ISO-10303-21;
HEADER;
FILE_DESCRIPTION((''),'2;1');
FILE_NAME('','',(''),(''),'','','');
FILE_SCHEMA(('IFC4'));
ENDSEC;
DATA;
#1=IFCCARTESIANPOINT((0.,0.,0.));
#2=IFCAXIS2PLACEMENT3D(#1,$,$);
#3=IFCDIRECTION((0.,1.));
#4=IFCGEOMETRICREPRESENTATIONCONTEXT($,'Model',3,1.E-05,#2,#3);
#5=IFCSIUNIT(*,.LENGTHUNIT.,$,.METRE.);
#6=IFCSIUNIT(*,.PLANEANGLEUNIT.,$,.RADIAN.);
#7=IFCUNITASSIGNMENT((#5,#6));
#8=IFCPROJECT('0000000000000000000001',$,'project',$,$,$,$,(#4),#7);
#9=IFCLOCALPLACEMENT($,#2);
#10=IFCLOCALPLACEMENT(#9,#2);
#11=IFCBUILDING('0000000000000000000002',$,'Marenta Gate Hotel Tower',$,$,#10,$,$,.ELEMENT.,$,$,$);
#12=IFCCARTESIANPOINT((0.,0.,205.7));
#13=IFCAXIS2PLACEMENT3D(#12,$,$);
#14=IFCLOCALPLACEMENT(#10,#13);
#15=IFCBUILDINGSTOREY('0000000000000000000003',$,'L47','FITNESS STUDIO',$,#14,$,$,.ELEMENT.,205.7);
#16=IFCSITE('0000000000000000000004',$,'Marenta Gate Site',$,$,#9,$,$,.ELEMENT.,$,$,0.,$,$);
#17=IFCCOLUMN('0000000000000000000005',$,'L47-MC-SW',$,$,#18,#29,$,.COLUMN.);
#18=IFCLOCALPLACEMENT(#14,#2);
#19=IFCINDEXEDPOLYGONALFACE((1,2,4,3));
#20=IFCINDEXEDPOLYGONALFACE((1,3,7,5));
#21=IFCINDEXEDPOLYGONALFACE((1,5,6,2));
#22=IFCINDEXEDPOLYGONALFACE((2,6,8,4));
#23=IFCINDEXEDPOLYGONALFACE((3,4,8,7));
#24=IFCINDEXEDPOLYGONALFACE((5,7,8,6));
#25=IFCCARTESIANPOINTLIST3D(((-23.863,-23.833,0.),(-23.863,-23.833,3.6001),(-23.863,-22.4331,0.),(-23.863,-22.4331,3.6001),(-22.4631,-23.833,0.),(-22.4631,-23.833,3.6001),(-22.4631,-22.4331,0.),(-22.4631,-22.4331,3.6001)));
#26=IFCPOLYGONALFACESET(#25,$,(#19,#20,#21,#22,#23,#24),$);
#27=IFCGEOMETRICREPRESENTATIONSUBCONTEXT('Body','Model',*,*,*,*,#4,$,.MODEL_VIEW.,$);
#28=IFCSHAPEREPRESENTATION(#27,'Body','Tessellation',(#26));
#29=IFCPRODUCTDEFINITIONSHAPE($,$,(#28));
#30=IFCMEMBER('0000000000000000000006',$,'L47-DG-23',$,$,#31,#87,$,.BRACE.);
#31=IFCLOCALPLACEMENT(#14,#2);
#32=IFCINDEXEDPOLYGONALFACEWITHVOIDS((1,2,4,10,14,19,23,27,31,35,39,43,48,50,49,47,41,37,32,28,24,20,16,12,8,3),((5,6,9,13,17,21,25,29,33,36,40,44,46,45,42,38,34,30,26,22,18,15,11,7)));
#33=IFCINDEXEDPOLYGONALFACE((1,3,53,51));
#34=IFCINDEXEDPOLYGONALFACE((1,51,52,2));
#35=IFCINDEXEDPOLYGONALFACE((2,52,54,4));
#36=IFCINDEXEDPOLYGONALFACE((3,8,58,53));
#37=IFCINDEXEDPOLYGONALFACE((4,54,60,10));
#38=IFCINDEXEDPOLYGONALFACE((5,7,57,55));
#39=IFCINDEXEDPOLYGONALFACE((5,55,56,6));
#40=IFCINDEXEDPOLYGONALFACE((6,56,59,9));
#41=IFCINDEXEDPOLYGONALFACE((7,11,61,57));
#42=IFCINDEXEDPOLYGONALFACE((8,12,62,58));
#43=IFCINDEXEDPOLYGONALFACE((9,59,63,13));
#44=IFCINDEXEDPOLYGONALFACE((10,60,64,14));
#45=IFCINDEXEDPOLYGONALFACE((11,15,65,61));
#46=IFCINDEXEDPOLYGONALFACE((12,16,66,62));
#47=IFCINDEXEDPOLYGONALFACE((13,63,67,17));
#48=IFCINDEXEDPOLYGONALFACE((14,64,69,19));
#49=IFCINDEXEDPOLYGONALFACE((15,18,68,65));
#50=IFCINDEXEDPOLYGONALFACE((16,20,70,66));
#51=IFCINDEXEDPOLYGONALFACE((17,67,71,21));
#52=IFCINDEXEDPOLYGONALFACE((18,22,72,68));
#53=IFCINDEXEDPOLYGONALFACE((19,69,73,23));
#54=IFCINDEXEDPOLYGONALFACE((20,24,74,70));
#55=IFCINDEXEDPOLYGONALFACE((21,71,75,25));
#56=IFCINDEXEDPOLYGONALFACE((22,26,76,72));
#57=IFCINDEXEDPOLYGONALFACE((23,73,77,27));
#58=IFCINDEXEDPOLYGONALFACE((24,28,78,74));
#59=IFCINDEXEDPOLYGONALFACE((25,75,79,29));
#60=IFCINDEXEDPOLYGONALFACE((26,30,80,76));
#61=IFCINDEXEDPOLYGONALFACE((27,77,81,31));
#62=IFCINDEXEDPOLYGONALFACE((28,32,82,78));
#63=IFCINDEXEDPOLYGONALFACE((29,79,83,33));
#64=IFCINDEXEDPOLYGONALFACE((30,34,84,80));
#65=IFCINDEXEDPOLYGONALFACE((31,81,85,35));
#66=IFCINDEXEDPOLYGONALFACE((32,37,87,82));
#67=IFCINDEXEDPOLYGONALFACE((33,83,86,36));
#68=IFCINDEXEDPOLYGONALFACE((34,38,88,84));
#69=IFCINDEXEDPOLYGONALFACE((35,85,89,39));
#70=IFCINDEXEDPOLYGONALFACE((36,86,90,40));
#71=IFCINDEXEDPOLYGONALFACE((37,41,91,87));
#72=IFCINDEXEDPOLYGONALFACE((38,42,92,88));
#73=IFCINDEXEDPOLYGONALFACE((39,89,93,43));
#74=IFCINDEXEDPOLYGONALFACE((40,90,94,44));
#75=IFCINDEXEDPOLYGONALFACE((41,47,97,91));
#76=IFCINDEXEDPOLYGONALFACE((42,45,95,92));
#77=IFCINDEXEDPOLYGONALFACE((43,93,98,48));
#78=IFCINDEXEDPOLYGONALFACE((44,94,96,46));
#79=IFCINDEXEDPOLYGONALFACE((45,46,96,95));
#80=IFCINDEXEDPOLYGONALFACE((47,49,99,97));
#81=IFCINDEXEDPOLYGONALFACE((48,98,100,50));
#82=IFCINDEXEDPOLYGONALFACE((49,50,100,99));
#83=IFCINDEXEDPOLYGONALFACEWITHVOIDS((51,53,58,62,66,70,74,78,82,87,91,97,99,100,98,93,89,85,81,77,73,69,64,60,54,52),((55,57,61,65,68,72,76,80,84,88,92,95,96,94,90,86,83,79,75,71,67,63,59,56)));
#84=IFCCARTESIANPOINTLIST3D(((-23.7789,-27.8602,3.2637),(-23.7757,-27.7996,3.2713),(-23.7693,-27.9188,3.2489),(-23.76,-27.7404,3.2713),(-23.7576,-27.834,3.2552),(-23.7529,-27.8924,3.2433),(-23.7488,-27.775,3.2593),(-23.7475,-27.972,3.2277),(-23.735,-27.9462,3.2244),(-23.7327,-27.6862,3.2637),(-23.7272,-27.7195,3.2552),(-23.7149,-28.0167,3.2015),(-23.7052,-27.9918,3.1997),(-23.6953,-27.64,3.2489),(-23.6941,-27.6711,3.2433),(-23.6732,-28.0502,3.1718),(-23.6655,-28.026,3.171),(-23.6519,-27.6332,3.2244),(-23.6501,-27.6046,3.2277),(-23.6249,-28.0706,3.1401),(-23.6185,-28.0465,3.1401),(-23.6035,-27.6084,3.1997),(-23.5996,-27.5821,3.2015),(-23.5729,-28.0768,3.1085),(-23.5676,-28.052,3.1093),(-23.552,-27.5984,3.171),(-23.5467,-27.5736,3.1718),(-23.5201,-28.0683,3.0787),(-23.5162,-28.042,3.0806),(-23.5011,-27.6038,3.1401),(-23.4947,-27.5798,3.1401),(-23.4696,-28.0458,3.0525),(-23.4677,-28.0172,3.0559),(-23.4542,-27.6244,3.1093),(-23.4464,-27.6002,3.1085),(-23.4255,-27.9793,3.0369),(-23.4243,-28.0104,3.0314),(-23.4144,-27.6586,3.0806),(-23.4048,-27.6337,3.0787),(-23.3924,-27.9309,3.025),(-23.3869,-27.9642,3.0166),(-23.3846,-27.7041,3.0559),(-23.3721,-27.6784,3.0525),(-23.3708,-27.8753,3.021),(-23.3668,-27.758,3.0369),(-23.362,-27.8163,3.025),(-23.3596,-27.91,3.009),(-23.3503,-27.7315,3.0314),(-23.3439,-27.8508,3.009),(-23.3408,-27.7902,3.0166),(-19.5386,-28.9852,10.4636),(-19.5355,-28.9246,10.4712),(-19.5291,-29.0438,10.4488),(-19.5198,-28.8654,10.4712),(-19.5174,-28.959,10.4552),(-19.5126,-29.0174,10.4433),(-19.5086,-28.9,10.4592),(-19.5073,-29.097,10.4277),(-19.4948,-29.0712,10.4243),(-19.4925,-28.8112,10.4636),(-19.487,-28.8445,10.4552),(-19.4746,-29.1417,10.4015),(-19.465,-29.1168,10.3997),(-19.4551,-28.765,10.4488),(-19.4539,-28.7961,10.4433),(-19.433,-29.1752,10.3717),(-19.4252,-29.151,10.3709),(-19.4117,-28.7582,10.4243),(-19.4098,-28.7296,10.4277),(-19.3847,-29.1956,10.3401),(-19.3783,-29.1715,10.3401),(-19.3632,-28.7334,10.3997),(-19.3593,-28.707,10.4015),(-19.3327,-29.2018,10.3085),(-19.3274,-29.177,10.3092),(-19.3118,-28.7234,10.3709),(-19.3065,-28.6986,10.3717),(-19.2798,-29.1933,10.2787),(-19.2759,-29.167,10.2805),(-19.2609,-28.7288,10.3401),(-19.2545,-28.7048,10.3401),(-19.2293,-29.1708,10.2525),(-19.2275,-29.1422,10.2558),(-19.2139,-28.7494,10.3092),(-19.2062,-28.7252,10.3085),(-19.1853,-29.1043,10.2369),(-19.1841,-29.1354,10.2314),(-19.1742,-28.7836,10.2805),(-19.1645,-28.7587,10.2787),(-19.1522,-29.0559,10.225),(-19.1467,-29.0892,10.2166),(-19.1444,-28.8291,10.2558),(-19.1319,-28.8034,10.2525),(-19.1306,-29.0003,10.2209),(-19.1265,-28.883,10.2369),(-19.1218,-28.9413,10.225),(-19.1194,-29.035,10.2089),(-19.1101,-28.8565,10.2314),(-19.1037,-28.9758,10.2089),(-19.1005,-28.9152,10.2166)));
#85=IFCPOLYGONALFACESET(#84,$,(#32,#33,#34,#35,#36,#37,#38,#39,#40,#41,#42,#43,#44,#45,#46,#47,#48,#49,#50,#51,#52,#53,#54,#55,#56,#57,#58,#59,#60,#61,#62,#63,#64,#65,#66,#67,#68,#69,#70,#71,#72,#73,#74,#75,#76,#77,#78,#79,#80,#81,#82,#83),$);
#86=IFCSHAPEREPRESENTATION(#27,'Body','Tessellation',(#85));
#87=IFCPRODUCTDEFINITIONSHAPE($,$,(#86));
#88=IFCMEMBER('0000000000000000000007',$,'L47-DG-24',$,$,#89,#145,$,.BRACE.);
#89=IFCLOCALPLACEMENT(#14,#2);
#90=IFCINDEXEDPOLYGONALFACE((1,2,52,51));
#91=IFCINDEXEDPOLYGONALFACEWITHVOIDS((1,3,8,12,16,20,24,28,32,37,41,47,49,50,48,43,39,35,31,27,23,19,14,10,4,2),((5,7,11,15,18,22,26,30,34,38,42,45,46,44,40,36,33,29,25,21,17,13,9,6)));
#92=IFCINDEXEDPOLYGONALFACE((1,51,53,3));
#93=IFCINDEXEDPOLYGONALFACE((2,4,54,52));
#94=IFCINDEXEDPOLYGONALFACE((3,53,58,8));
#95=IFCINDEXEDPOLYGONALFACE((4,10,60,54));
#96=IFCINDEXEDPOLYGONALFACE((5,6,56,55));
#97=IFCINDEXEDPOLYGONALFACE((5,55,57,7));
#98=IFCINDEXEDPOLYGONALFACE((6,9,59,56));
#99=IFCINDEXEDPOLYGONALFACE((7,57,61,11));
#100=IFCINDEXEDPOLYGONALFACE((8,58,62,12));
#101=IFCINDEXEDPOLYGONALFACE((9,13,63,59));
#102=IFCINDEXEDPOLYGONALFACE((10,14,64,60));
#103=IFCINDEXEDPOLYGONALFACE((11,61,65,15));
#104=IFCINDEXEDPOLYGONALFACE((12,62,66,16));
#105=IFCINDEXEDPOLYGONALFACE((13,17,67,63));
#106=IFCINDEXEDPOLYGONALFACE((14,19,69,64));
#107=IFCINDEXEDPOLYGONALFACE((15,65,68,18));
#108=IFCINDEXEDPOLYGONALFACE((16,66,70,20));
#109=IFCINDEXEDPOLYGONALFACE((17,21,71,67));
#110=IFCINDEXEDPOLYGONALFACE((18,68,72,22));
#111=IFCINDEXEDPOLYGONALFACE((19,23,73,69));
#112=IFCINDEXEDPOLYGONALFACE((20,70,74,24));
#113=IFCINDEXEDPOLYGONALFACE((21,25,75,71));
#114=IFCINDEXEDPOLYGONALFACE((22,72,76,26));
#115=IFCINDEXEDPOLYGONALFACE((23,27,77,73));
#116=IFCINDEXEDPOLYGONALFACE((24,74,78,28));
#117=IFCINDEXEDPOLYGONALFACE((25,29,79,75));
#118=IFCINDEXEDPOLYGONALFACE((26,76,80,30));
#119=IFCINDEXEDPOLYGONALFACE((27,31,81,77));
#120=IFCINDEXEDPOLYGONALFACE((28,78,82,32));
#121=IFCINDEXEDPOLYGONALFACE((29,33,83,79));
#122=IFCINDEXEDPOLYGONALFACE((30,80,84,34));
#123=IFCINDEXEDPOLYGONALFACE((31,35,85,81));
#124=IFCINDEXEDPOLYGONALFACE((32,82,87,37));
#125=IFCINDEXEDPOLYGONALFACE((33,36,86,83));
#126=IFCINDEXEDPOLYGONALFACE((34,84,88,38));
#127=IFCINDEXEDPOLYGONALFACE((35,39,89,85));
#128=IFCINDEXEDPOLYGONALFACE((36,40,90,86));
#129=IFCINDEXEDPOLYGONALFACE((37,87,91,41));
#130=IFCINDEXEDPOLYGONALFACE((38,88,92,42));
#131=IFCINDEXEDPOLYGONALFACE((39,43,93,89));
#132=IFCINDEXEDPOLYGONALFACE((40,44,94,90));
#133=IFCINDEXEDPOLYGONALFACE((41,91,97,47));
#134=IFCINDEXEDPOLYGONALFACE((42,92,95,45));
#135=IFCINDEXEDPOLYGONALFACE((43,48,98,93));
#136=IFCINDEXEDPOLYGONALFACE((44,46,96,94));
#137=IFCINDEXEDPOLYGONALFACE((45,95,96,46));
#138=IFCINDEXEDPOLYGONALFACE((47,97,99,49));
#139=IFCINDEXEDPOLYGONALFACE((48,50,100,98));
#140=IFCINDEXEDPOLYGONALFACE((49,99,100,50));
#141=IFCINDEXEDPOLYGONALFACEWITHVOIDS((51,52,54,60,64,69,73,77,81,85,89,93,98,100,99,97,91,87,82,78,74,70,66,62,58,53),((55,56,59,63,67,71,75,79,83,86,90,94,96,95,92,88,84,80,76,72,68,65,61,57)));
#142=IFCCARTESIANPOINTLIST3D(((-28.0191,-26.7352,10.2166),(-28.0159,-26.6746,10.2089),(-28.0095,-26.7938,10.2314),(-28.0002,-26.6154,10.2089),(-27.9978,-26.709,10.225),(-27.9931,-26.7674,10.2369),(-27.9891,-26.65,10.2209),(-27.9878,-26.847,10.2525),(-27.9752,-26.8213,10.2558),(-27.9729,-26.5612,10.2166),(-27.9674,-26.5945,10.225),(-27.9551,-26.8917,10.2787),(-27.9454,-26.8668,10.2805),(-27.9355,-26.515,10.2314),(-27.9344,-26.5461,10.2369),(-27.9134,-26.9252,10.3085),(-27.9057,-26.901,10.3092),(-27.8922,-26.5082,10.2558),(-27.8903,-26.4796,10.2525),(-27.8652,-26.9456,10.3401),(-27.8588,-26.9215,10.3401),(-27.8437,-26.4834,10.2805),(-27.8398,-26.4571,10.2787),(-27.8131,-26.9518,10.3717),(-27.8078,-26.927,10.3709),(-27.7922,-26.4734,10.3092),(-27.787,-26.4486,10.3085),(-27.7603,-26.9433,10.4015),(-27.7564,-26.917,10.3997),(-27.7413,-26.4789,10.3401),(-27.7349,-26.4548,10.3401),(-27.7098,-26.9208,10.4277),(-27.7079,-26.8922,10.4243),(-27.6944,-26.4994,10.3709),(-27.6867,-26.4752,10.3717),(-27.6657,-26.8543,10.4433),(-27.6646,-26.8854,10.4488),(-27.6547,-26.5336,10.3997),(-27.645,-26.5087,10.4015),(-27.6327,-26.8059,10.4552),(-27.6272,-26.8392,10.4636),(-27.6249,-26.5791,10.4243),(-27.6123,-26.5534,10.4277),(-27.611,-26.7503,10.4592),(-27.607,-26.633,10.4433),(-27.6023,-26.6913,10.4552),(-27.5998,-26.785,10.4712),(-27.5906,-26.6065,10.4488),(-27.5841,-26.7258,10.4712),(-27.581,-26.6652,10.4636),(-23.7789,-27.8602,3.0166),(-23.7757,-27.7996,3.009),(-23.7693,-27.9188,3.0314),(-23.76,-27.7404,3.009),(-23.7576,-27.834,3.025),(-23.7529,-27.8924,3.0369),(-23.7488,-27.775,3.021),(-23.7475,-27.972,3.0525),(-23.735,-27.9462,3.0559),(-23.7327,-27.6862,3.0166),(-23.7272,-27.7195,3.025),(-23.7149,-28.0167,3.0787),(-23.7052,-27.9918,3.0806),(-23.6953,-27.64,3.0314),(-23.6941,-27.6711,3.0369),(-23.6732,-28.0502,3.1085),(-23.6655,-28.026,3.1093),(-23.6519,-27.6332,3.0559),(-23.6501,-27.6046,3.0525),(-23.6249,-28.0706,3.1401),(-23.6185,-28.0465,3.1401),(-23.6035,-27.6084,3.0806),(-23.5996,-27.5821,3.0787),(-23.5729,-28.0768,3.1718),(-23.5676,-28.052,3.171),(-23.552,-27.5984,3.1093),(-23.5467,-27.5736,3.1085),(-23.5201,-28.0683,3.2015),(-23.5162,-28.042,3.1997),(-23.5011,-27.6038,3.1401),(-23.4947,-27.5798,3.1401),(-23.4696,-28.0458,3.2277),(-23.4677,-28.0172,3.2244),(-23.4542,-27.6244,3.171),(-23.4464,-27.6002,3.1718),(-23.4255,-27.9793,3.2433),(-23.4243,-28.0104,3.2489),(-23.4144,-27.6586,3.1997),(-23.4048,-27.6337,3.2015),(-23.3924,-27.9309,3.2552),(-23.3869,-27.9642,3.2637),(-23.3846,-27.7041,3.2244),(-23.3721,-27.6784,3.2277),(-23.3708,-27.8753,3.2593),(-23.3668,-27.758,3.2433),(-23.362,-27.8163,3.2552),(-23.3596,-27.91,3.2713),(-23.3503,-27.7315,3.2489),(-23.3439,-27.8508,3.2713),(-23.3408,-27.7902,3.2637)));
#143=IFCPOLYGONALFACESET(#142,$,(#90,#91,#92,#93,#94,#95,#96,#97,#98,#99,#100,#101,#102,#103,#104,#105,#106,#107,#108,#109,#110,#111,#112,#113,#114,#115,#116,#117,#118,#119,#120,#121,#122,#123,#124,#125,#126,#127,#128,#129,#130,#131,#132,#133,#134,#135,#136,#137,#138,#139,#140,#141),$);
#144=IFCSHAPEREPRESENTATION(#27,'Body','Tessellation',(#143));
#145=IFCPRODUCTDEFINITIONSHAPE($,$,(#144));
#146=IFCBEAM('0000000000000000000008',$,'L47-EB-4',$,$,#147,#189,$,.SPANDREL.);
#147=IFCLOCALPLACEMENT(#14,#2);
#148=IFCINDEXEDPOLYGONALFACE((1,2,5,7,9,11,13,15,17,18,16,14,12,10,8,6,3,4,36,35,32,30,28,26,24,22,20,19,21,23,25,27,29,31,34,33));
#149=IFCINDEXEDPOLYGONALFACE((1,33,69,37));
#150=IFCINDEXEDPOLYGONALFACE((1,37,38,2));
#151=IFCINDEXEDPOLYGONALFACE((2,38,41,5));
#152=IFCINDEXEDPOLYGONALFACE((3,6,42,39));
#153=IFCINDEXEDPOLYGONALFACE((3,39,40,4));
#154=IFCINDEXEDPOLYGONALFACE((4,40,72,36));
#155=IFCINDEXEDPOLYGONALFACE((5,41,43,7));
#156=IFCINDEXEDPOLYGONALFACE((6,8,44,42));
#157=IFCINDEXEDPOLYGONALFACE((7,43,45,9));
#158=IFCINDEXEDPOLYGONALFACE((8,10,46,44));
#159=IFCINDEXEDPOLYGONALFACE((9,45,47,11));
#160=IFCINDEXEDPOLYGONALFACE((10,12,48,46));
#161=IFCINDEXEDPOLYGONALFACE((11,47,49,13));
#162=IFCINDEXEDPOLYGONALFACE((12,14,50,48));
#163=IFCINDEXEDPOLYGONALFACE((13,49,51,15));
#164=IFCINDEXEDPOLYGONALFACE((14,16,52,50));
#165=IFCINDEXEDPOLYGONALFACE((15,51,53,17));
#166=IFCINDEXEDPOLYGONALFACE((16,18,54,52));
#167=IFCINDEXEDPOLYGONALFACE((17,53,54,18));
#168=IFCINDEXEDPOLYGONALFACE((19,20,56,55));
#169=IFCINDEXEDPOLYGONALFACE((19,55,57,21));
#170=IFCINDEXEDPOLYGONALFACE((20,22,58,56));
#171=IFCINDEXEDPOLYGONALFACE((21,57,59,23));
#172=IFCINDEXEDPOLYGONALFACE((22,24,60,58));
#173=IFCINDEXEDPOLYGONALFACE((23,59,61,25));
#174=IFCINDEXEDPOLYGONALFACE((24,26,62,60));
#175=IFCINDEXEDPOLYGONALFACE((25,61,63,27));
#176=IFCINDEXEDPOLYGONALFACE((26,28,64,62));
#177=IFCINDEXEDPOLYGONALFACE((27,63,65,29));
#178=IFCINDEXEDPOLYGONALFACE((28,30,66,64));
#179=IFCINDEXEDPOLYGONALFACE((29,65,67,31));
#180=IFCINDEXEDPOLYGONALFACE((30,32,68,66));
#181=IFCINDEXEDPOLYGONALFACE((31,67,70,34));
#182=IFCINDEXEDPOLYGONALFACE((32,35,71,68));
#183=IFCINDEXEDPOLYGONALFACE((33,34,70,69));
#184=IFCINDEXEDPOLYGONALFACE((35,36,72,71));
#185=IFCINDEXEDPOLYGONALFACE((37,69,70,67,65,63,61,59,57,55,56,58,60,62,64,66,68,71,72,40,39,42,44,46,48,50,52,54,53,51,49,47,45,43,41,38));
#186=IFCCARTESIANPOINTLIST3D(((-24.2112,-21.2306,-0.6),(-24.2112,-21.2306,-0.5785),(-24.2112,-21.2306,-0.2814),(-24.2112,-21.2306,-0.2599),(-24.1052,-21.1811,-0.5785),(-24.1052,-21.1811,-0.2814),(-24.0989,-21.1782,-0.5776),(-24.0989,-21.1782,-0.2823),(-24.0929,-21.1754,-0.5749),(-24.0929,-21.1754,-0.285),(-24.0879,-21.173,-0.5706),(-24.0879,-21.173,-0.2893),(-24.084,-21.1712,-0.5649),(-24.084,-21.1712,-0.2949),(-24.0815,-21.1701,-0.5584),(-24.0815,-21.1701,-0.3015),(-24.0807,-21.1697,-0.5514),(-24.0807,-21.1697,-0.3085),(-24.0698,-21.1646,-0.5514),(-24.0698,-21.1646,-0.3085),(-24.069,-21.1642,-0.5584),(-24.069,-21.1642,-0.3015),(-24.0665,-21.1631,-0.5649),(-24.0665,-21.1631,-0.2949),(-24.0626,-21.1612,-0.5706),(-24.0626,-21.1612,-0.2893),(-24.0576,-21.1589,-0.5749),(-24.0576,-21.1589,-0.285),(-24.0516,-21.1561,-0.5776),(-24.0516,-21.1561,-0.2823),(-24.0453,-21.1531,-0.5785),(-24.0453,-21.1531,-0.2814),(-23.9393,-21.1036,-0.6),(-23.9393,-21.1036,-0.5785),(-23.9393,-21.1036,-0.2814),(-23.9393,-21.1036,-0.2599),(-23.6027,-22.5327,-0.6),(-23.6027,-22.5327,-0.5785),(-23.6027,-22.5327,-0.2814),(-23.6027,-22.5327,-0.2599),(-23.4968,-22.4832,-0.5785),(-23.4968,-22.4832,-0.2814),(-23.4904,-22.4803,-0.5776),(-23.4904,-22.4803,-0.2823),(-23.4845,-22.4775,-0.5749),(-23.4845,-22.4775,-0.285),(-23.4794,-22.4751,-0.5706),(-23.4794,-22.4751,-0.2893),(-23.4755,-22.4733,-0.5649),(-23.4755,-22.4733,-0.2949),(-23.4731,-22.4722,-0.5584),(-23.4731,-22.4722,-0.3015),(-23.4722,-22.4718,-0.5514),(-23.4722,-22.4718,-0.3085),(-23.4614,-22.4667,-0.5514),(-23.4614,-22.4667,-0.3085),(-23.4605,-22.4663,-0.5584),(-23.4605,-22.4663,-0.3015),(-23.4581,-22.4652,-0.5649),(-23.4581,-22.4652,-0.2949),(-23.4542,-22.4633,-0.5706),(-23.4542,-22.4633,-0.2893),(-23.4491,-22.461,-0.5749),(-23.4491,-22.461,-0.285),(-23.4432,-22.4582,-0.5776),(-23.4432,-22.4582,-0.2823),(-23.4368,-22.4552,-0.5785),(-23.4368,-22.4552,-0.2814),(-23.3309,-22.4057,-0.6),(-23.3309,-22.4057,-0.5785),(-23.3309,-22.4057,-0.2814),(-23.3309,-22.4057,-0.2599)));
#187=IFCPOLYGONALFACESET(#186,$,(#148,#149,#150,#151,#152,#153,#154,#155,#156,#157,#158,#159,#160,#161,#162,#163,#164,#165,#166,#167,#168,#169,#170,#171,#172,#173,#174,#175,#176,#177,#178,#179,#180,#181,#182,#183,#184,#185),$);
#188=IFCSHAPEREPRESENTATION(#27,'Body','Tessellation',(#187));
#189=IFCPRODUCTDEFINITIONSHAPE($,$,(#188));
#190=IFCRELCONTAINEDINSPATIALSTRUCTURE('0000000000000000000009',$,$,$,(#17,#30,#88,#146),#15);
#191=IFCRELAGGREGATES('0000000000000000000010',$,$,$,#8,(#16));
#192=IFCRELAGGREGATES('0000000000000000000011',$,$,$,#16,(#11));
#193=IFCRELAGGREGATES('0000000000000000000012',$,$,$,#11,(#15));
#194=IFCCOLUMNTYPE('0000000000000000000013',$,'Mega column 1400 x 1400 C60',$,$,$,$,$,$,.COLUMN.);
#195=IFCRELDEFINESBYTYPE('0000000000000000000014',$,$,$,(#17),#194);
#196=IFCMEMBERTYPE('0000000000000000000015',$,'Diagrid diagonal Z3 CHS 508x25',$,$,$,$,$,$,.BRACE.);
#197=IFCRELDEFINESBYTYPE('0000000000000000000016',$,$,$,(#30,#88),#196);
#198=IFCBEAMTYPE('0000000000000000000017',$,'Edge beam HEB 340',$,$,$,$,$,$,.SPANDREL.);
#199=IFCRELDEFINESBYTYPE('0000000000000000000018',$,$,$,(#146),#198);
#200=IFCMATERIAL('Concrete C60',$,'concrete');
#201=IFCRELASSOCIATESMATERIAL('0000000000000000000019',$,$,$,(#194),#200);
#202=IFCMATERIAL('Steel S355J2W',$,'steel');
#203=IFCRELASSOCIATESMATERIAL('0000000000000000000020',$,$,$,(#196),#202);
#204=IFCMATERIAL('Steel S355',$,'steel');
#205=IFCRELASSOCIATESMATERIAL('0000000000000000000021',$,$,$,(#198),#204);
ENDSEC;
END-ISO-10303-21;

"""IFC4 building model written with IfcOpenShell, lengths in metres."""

from ifc_helpers import new_model, si_unit, direction, frame, origin, origin_2d, place, context, subcontext, project, spatial, rectangle, hollow_circle, i_section, extrude, material, material_profile, profile_set, type_object, element, save


model = new_model("IFC4")

# Units and contexts
model_context = context("Model", 3, precision=1e-05, world=origin(), true_north=direction((0.0, 1.0)))
body_context = subcontext(model_context, "Body", "Model", "MODEL_VIEW")
ifc_project = project(units=[si_unit("LENGTHUNIT", "METRE"), si_unit("PLANEANGLEUNIT", "RADIAN")], contexts=[model_context])

# Site, building, storey
site_placement = place(None, origin())
site = spatial("IfcSite", under=ifc_project, at=site_placement, Name="Marenta Gate Site", CompositionType="ELEMENT", RefElevation=0.0)
building_placement = place(site_placement, origin())
building = spatial("IfcBuilding", under=site, at=building_placement, Name="Marenta Gate Hotel Tower", CompositionType="ELEMENT")
storey_placement = place(building_placement, frame((0.0, 0.0, 205.7)))
storey = spatial("IfcBuildingStorey", under=building, at=storey_placement, Name="L47", Description="FITNESS STUDIO", CompositionType="ELEMENT", Elevation=205.7)

# Column
ifc_material_1 = material(Name="Concrete C60", Category="concrete")
ifc_material_profile_1 = material_profile(ifc_material_1, rectangle(XDim=1.3999, YDim=1.3999, at=origin_2d()), Name="1400 x 1400")
ifc_profile_set_1 = profile_set([ifc_material_profile_1], Name="Concrete C60")
column_type = type_object("IfcColumnType", Name="Mega column 1400 x 1400 C60", PredefinedType="COLUMN", material=ifc_profile_set_1)
column_placement = place(storey_placement, frame((-23.1631, -23.1331, 0.0), z_axis=(0.0, 0.0, 1.0), x_axis=(1.0, 0.0, 0.0)))
element("IfcColumn", 1, at=column_placement, inside=storey, type_object=column_type, Name="L47-MC-SW", PredefinedType="COLUMN", context=body_context, shape_type="SweptSolid", body=[
    extrude(rectangle(XDim=1.3999, YDim=1.3999, at=origin_2d()), origin(), (0.0, 0.0, 1.0), 3.6001),
])

# Members
ifc_material_2 = material(Name="Steel S355J2W", Category="steel")
ifc_material_profile_2 = material_profile(ifc_material_2, hollow_circle(Radius=0.2539, WallThickness=0.0249, at=origin_2d()), Name="CHS 508x25")
ifc_profile_set_2 = profile_set([ifc_material_profile_2], Name="Steel S355J2W")
member_type_1 = type_object("IfcMemberType", Name="Diagrid diagonal Z3 CHS 508x25", PredefinedType="BRACE", material=ifc_profile_set_2)
for number, where, z_axis, x_axis, name in (
    (2, (-23.5598, -27.8252, 3.1401), (0.502924, -0.133434, 0.853969), (0.256443, 0.966559, 0.0), "L47-DG-23"),
    (3, (-23.5598, -27.8252, 3.1401), (-0.502924, 0.133434, 0.853969), (-0.256443, -0.966559, 0.0), "L47-DG-24"),
):
    element("IfcMember", number, at=place(storey_placement, frame(where, z_axis=z_axis, x_axis=x_axis)), inside=storey, type_object=member_type_1, Name=name, PredefinedType="BRACE", context=body_context, shape_type="SweptSolid", body=[
        extrude(hollow_circle(Radius=0.2539, WallThickness=0.0249, at=origin_2d()), origin(), (0.0, 0.0, 1.0), 8.4312),
    ])

# Beam
ifc_material_3 = material(Name="Steel S355", Category="steel")
ifc_material_profile_3 = material_profile(ifc_material_3, i_section(OverallWidth=0.3, OverallDepth=0.3401, WebThickness=0.012, FlangeThickness=0.0215, FilletRadius=0.0271, at=origin_2d()), Name="HEB 340")
ifc_profile_set_3 = profile_set([ifc_material_profile_3], Name="Steel S355")
beam_type = type_object("IfcBeamType", Name="Edge beam HEB 340", PredefinedType="SPANDREL", material=ifc_profile_set_3)
beam_placement = place(storey_placement, frame((-23.4668, -22.4692, -0.4299), z_axis=(-0.423341, 0.90597, 0.0), x_axis=(-0.90597, -0.423341, 0.0)))
element("IfcBeam", 4, at=beam_placement, inside=storey, type_object=beam_type, Name="L47-EB-4", PredefinedType="SPANDREL", context=body_context, shape_type="SweptSolid", body=[
    extrude(i_section(OverallWidth=0.3, OverallDepth=0.3401, WebThickness=0.012, FlangeThickness=0.0215, FilletRadius=0.0271, at=origin_2d()), origin(), (0.0, 0.0, 1.0), 1.4373),
])

save(model, "model.ifc")
